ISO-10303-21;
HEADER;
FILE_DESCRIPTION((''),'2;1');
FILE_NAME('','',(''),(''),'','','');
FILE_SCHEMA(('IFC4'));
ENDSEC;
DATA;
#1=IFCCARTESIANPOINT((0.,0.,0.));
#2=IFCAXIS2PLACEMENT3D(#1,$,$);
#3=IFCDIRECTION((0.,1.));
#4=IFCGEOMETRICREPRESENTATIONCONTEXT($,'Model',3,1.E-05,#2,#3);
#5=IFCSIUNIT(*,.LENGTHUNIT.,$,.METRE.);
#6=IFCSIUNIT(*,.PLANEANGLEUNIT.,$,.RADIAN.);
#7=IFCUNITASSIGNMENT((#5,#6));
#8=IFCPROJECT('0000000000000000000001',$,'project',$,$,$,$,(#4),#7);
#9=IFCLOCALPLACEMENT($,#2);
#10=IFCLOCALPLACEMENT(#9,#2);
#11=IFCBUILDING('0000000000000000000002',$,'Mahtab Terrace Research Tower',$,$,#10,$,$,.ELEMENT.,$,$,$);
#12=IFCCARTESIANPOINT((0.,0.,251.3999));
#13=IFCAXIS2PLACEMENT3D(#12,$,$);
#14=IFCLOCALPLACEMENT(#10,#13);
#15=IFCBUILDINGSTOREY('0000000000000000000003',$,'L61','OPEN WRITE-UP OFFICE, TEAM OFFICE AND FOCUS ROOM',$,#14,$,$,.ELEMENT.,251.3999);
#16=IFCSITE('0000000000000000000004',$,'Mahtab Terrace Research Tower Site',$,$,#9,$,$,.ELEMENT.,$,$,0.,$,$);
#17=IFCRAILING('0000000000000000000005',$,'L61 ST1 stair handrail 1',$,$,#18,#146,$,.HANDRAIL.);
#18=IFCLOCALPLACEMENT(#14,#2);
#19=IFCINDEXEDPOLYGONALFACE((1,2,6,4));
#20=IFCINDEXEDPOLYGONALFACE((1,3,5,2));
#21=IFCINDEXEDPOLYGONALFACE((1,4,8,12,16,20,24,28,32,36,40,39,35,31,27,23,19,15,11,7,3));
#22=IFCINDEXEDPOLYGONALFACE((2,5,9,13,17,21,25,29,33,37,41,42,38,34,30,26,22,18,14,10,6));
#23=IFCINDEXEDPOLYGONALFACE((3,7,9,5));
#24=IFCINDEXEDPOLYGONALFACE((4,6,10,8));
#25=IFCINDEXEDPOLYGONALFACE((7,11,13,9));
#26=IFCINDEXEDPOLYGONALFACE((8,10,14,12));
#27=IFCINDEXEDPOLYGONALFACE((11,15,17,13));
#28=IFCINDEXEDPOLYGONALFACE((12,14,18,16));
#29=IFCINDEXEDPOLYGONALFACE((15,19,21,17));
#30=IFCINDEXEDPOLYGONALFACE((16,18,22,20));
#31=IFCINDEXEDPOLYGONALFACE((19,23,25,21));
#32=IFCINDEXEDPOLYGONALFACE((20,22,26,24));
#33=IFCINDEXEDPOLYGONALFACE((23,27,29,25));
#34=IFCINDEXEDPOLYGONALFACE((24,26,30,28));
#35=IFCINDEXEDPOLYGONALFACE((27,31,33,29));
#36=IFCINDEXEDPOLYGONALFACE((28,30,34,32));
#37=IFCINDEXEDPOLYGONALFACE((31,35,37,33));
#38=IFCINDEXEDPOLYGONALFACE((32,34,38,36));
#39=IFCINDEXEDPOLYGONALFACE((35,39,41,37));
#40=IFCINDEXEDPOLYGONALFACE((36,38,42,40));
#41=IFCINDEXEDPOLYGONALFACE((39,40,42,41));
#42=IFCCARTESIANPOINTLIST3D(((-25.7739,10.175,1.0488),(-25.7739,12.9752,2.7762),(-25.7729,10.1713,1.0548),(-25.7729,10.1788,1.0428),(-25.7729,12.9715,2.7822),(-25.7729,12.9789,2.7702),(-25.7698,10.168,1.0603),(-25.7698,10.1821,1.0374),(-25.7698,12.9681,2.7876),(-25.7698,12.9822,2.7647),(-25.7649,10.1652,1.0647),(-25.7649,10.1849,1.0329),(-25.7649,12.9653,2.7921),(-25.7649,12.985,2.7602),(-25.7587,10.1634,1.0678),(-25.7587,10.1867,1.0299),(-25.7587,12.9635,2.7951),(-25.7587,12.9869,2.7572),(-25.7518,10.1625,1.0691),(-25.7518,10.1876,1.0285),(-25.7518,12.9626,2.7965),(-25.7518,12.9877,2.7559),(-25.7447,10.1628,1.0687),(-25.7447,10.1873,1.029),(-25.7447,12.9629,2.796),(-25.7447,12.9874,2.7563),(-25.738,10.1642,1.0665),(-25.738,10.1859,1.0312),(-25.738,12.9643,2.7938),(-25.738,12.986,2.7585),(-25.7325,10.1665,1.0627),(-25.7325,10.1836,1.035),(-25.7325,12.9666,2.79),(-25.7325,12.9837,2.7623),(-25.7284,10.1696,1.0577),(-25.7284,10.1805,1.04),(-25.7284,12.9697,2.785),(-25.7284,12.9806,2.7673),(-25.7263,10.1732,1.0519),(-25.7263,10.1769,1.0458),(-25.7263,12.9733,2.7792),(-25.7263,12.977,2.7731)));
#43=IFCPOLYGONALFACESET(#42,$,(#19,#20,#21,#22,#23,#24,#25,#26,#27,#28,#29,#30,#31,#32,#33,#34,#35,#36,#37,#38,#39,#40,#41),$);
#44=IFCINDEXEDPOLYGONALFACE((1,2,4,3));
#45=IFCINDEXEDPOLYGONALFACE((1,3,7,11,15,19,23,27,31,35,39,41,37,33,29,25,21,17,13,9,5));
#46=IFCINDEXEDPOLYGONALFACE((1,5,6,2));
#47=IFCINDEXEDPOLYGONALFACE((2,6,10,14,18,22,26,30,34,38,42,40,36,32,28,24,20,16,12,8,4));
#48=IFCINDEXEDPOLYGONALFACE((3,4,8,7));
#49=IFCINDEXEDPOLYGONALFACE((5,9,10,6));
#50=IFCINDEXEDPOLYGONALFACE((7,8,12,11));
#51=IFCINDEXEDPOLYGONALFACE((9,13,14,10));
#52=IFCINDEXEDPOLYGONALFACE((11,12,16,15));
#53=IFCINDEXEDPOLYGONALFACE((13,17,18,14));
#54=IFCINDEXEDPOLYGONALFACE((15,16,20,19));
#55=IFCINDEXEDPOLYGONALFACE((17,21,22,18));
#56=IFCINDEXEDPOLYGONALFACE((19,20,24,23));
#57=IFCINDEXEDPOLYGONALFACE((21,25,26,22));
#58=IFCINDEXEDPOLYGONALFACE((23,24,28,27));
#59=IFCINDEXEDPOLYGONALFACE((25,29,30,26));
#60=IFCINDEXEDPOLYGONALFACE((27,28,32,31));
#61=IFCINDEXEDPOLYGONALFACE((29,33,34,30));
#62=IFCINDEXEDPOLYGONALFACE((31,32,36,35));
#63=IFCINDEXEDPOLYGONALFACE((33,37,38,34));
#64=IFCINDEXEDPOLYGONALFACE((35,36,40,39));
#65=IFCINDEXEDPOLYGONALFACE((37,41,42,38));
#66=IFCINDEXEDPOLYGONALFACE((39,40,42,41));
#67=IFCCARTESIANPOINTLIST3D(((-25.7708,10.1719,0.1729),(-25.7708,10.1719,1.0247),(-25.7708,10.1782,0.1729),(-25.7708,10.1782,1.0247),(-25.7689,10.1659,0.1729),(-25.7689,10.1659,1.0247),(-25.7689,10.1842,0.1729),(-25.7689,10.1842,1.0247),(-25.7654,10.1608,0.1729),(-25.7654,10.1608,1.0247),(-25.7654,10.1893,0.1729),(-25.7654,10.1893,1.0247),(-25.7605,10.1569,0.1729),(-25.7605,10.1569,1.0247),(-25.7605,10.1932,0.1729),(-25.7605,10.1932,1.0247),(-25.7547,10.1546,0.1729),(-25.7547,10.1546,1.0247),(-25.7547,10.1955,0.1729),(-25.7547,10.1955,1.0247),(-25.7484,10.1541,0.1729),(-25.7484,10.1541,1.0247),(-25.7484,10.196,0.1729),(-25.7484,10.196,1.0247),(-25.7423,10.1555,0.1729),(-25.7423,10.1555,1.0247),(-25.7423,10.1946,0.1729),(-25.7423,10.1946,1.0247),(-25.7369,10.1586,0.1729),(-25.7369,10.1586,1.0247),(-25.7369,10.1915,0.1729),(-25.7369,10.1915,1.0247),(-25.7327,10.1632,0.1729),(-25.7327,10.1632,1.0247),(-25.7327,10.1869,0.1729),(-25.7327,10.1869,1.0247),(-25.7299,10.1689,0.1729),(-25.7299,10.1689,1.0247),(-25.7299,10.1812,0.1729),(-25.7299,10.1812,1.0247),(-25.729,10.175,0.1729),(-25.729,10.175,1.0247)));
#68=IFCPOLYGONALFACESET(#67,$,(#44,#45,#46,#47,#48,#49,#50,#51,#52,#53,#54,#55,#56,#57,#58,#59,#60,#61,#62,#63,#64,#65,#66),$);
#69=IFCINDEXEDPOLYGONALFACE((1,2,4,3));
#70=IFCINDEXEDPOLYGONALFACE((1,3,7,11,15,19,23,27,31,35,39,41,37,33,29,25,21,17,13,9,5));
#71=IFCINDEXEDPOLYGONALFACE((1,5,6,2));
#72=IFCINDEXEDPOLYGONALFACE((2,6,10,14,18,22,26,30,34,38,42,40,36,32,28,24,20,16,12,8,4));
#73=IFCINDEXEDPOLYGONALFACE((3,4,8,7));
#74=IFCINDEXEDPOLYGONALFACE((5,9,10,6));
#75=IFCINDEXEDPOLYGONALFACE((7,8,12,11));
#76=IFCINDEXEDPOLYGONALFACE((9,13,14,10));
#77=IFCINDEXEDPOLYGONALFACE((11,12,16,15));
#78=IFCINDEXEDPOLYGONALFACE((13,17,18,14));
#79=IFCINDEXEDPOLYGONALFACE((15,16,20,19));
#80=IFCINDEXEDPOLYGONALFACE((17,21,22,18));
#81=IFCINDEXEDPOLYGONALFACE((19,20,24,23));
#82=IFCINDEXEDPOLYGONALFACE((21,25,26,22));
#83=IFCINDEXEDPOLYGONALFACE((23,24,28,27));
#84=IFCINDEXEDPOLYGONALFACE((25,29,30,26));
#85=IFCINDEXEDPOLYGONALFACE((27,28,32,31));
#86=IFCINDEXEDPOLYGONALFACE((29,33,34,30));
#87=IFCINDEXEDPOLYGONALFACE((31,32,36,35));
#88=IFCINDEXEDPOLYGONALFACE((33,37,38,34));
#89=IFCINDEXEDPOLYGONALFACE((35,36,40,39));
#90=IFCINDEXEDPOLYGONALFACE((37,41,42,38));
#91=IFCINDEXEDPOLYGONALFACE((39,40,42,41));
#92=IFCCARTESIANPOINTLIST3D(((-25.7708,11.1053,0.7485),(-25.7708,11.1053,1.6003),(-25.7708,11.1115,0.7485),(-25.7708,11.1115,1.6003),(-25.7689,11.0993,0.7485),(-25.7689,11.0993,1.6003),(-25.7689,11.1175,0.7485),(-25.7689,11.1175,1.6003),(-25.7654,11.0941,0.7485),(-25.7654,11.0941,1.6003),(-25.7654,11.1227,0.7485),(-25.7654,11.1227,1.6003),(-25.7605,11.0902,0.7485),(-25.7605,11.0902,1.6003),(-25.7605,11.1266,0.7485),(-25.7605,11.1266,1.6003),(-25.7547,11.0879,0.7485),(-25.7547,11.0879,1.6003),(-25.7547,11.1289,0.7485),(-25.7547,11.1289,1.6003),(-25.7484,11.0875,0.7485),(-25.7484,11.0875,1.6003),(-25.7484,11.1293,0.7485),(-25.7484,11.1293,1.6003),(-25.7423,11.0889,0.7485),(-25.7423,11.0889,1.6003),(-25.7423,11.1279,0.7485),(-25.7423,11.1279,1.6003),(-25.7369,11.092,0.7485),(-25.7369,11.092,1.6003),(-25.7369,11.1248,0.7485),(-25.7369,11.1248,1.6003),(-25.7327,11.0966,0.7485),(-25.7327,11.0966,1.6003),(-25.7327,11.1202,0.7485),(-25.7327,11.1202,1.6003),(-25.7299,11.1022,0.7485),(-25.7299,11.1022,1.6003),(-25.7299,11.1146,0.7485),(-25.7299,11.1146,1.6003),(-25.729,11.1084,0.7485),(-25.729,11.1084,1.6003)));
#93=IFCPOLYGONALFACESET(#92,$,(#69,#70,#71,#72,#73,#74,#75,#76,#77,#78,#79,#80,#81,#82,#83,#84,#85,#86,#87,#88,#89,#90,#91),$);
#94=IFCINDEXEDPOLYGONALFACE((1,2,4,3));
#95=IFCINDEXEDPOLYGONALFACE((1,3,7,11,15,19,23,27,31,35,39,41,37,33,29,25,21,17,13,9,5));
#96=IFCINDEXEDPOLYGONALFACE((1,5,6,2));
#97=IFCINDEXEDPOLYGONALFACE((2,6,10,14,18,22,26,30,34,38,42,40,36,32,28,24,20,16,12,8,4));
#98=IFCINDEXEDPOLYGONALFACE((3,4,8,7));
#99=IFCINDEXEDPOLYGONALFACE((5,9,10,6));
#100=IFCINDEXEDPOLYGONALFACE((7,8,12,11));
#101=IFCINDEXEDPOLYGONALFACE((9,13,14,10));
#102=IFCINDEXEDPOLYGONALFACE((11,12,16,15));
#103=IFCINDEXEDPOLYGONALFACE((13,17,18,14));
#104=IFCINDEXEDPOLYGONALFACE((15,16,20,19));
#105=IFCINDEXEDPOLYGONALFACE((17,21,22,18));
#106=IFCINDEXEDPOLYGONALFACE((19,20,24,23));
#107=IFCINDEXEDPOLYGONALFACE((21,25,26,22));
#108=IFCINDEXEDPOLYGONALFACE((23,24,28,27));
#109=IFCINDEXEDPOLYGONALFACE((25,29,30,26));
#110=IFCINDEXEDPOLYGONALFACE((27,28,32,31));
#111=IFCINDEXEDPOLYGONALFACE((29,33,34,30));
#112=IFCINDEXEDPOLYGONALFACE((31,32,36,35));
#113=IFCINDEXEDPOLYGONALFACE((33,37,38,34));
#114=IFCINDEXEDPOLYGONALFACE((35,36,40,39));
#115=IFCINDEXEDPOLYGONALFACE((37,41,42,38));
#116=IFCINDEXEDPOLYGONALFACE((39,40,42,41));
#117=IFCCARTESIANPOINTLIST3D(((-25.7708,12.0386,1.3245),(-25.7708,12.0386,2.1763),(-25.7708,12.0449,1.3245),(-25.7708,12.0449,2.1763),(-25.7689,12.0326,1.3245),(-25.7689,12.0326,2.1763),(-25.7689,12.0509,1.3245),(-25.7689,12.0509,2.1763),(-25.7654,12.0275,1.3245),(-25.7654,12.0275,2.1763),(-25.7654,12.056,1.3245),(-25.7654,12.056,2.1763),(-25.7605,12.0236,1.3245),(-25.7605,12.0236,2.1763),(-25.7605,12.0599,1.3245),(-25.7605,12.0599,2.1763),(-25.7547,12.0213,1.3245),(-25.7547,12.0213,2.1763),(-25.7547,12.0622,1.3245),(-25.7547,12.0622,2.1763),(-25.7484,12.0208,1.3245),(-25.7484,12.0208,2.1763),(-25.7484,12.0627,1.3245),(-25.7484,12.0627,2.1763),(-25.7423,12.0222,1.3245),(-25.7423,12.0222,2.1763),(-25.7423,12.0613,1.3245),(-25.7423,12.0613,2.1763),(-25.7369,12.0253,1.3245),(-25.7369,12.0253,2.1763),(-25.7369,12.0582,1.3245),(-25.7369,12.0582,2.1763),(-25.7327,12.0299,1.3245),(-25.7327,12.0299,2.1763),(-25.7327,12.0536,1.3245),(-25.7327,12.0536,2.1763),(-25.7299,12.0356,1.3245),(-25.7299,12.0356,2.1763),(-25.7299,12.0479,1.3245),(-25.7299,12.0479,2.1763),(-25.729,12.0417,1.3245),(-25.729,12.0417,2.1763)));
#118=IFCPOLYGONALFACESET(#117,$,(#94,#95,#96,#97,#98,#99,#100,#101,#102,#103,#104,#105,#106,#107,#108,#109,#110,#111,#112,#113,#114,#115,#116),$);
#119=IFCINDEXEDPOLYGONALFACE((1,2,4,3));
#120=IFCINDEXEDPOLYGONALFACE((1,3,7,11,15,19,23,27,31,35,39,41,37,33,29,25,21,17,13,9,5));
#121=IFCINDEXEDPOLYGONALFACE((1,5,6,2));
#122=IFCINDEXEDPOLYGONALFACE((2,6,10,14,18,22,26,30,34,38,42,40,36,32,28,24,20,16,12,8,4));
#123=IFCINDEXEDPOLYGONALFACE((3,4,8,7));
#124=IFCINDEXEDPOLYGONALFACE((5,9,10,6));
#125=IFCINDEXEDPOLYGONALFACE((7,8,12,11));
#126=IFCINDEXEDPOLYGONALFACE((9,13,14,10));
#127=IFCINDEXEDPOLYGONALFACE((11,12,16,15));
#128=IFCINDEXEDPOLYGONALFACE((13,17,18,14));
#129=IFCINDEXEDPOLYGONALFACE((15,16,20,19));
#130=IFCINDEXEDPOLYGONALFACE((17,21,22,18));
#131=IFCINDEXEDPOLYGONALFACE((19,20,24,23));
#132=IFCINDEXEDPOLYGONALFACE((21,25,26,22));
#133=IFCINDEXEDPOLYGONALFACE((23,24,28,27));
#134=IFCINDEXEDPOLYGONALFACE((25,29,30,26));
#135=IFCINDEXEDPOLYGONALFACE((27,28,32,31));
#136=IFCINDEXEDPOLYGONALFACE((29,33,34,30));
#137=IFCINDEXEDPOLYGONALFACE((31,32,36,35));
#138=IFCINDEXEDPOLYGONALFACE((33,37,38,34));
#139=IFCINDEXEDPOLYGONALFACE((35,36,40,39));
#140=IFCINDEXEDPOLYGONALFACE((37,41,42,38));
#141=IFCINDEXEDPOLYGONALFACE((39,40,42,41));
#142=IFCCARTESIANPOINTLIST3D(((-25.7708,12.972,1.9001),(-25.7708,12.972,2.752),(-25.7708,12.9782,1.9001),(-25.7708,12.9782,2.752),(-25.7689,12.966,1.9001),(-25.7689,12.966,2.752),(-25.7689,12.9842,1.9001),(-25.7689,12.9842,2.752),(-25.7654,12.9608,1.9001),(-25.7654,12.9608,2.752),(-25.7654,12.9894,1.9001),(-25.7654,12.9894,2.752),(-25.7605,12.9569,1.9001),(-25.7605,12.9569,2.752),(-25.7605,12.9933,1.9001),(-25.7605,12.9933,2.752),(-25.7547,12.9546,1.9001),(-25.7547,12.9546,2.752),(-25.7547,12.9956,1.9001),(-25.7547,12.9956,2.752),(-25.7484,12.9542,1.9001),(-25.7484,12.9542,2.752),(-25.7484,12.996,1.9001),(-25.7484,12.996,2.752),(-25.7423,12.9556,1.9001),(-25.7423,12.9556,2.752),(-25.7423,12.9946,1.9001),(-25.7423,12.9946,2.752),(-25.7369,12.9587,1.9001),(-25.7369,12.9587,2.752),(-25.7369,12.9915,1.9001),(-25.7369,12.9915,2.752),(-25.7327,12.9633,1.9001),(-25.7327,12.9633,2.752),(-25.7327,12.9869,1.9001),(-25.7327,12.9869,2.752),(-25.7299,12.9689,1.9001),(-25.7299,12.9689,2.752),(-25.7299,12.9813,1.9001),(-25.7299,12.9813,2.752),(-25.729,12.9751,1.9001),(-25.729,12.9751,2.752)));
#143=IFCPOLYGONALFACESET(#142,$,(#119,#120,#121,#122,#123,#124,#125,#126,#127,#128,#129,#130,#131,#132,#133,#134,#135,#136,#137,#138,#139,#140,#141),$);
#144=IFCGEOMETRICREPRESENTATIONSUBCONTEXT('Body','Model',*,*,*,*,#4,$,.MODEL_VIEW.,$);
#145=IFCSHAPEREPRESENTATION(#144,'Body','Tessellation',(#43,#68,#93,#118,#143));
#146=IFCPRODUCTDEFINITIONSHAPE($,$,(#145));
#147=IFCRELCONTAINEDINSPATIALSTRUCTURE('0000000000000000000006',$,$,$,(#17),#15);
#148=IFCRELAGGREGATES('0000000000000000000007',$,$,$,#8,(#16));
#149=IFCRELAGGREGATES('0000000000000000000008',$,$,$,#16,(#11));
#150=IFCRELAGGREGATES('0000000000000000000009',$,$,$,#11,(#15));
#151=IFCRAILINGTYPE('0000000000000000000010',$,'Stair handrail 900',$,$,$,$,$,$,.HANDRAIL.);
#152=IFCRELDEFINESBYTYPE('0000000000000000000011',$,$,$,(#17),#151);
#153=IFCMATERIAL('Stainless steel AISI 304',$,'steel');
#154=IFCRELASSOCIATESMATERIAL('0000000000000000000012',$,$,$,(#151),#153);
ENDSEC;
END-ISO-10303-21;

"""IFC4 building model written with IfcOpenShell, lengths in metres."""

from ifc_helpers import new_model, si_unit, direction, frame, origin, origin_2d, place, context, subcontext, project, spatial, circle, extrude, material, type_object, element, save


model = new_model("IFC4")

# Units and contexts
model_context = context("Model", 3, precision=1e-05, world=origin(), true_north=direction((0.0, 1.0)))
body_context = subcontext(model_context, "Body", "Model", "MODEL_VIEW")
ifc_project = project(units=[si_unit("LENGTHUNIT", "METRE"), si_unit("PLANEANGLEUNIT", "RADIAN")], contexts=[model_context])

# Site, building, storey
site_placement = place(None, origin())
site = spatial("IfcSite", under=ifc_project, at=site_placement, Name="Mahtab Terrace Research Tower Site", CompositionType="ELEMENT", RefElevation=0.0)
building_placement = place(site_placement, origin())
building = spatial("IfcBuilding", under=site, at=building_placement, Name="Mahtab Terrace Research Tower", CompositionType="ELEMENT")
storey_placement = place(building_placement, frame((0.0, 0.0, 251.3999)))
storey = spatial("IfcBuildingStorey", under=building, at=storey_placement, Name="L61", Description="OPEN WRITE-UP OFFICE, TEAM OFFICE AND FOCUS ROOM", CompositionType="ELEMENT", Elevation=251.3999)

# Railing
ifc_material_1 = material(Name="Stainless steel AISI 304", Category="steel")
railing_type_1 = type_object("IfcRailingType", Name="Stair handrail 900", PredefinedType="HANDRAIL", material=ifc_material_1)
railing_1_placement = place(storey_placement, frame((-25.75, 10.175, 0.1729)))
element("IfcRailing", 1, at=railing_1_placement, inside=storey, type_object=railing_type_1, Name="L61 ST1 stair handrail 1", PredefinedType="HANDRAIL", context=body_context, shape_type="SweptSolid", body=[
    extrude(circle(Radius=0.0239, at=origin_2d()), frame((0.0, 0.0, 0.876), z_axis=(0.0, 0.85109, 0.52502), x_axis=(-1.0, 0.0, 0.0)), (0.0, 0.0, 1.0), 3.29),
    extrude(circle(Radius=0.021, at=origin_2d()), origin(), (0.0, 0.0, 1.0), 0.8518),
    extrude(circle(Radius=0.021, at=origin_2d()), frame((0.0, 0.9333, 0.5757)), (0.0, 0.0, 1.0), 0.8518),
    extrude(circle(Radius=0.021, at=origin_2d()), frame((0.0, 1.8667, 1.1516)), (0.0, 0.0, 1.0), 0.8518),
    extrude(circle(Radius=0.021, at=origin_2d()), frame((0.0, 2.8, 1.7273)), (0.0, 0.0, 1.0), 0.8518),
])

save(model, "model.ifc")
